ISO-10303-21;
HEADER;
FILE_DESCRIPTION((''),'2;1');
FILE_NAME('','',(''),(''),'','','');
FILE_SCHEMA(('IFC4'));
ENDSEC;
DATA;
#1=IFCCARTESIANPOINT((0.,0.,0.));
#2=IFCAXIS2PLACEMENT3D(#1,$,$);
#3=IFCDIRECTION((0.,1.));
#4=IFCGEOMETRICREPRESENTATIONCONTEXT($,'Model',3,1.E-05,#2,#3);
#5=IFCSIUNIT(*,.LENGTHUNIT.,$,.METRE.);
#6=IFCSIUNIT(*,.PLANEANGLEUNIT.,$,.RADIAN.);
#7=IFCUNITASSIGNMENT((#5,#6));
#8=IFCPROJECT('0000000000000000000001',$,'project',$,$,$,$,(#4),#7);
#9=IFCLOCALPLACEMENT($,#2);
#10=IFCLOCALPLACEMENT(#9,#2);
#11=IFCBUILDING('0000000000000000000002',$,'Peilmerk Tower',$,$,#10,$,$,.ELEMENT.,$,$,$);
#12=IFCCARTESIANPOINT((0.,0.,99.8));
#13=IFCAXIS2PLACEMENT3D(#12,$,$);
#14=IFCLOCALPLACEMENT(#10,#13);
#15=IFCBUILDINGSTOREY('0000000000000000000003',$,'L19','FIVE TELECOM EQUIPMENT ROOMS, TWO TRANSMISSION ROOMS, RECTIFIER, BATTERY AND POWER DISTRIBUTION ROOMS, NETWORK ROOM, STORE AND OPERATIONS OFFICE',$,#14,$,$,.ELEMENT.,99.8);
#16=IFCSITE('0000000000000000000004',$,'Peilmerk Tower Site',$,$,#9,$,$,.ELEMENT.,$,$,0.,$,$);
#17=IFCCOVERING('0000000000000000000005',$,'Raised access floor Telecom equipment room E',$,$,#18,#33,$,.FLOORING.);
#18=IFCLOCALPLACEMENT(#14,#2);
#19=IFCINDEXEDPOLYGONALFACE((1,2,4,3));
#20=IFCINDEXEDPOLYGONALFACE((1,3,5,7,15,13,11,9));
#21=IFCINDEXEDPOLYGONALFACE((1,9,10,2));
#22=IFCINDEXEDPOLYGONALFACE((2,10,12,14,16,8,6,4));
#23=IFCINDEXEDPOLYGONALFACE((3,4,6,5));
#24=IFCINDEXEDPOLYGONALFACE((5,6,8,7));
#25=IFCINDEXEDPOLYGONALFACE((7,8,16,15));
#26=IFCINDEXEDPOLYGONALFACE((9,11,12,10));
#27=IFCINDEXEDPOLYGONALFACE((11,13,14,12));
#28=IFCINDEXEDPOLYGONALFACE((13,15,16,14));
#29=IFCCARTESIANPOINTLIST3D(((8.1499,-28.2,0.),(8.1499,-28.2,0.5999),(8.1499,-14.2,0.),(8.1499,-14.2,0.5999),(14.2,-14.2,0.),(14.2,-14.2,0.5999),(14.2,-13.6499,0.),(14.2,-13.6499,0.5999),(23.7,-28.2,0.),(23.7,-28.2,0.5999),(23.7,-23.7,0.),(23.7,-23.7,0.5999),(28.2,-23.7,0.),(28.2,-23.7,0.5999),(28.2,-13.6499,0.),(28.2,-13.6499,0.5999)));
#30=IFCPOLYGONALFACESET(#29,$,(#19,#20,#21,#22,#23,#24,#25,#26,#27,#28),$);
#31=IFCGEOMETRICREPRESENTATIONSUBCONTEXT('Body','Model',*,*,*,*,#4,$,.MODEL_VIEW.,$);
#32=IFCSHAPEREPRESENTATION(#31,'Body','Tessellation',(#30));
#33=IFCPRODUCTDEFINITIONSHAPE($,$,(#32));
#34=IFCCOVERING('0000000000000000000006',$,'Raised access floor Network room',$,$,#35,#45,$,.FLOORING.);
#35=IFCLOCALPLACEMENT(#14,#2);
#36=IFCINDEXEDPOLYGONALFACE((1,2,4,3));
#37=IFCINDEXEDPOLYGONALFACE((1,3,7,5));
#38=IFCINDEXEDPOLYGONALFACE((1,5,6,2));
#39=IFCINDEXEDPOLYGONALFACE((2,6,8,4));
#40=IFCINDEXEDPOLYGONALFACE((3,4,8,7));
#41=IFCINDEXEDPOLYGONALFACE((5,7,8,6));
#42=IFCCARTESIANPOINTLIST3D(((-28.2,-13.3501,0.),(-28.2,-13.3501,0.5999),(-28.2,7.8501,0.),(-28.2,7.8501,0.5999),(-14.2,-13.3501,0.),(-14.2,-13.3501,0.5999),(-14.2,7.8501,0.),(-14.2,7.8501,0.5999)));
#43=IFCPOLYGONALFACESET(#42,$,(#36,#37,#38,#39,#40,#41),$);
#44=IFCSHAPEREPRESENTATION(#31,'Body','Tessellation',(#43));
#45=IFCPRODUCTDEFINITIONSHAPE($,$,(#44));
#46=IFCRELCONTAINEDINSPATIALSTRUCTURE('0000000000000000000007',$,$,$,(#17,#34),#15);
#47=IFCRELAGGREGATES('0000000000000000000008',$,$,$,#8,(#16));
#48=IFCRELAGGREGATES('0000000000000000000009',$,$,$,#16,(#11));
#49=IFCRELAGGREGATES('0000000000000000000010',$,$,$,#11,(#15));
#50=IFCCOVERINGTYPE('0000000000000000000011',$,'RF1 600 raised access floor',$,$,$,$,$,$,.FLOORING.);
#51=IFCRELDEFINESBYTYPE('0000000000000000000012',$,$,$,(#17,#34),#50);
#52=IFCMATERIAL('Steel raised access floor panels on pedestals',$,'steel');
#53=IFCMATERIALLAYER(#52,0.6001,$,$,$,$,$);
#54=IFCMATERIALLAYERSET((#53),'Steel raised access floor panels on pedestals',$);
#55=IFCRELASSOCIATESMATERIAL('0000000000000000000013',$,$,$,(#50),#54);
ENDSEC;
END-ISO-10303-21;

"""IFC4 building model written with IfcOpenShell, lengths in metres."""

from ifc_helpers import new_model, si_unit, direction, frame, origin, place, context, subcontext, project, spatial, polyline, outline, extrude, material, layer, layer_set, type_object, element, save


model = new_model("IFC4")

# Units and contexts
model_context = context("Model", 3, precision=1e-05, world=origin(), true_north=direction((0.0, 1.0)))
body_context = subcontext(model_context, "Body", "Model", "MODEL_VIEW")
ifc_project = project(units=[si_unit("LENGTHUNIT", "METRE"), si_unit("PLANEANGLEUNIT", "RADIAN")], contexts=[model_context])

# Site, building, storey
site_placement = place(None, origin())
site = spatial("IfcSite", under=ifc_project, at=site_placement, Name="Peilmerk Tower Site", CompositionType="ELEMENT", RefElevation=0.0)
building_placement = place(site_placement, origin())
building = spatial("IfcBuilding", under=site, at=building_placement, Name="Peilmerk Tower", CompositionType="ELEMENT")
storey_placement = place(building_placement, frame((0.0, 0.0, 99.8)))
storey = spatial("IfcBuildingStorey", under=building, at=storey_placement, Name="L19", Description="FIVE TELECOM EQUIPMENT ROOMS, TWO TRANSMISSION ROOMS, RECTIFIER, BATTERY AND POWER DISTRIBUTION ROOMS, NETWORK ROOM, STORE AND OPERATIONS OFFICE", CompositionType="ELEMENT", Elevation=99.8)

# Coverings
ifc_material_1 = material(Name="Steel raised access floor panels on pedestals", Category="steel")
ifc_layer_1 = layer(ifc_material_1, 0.6001)
ifc_layer_set_1 = layer_set([ifc_layer_1], Name="Steel raised access floor panels on pedestals")
covering_type_1 = type_object("IfcCoveringType", Name="RF1 600 raised access floor", PredefinedType="FLOORING", material=ifc_layer_set_1)
covering_1_placement = place(storey_placement, origin())
element("IfcCovering", 1, at=covering_1_placement, inside=storey, type_object=covering_type_1, Name="Raised access floor Telecom equipment room E", PredefinedType="FLOORING", context=body_context, shape_type="SweptSolid", body=[
    extrude(outline(polyline([(8.1499, -28.2), (23.7, -28.2), (23.7, -23.7), (28.2, -23.7), (28.2, -13.6499), (14.2, -13.6499), (14.2, -14.2), (8.1499, -14.2), (8.1499, -28.2)])), origin(), (0.0, 0.0, 1.0), 0.5999),
])
covering_2_placement = place(storey_placement, origin())
element("IfcCovering", 2, at=covering_2_placement, inside=storey, type_object=covering_type_1, Name="Raised access floor Network room", PredefinedType="FLOORING", context=body_context, shape_type="SweptSolid", body=[
    extrude(outline(polyline([(-28.2, 7.8501), (-28.2, -13.3501), (-14.2, -13.3501), (-14.2, 7.8501), (-28.2, 7.8501)])), origin(), (0.0, 0.0, 1.0), 0.5999),
])

save(model, "model.ifc")
